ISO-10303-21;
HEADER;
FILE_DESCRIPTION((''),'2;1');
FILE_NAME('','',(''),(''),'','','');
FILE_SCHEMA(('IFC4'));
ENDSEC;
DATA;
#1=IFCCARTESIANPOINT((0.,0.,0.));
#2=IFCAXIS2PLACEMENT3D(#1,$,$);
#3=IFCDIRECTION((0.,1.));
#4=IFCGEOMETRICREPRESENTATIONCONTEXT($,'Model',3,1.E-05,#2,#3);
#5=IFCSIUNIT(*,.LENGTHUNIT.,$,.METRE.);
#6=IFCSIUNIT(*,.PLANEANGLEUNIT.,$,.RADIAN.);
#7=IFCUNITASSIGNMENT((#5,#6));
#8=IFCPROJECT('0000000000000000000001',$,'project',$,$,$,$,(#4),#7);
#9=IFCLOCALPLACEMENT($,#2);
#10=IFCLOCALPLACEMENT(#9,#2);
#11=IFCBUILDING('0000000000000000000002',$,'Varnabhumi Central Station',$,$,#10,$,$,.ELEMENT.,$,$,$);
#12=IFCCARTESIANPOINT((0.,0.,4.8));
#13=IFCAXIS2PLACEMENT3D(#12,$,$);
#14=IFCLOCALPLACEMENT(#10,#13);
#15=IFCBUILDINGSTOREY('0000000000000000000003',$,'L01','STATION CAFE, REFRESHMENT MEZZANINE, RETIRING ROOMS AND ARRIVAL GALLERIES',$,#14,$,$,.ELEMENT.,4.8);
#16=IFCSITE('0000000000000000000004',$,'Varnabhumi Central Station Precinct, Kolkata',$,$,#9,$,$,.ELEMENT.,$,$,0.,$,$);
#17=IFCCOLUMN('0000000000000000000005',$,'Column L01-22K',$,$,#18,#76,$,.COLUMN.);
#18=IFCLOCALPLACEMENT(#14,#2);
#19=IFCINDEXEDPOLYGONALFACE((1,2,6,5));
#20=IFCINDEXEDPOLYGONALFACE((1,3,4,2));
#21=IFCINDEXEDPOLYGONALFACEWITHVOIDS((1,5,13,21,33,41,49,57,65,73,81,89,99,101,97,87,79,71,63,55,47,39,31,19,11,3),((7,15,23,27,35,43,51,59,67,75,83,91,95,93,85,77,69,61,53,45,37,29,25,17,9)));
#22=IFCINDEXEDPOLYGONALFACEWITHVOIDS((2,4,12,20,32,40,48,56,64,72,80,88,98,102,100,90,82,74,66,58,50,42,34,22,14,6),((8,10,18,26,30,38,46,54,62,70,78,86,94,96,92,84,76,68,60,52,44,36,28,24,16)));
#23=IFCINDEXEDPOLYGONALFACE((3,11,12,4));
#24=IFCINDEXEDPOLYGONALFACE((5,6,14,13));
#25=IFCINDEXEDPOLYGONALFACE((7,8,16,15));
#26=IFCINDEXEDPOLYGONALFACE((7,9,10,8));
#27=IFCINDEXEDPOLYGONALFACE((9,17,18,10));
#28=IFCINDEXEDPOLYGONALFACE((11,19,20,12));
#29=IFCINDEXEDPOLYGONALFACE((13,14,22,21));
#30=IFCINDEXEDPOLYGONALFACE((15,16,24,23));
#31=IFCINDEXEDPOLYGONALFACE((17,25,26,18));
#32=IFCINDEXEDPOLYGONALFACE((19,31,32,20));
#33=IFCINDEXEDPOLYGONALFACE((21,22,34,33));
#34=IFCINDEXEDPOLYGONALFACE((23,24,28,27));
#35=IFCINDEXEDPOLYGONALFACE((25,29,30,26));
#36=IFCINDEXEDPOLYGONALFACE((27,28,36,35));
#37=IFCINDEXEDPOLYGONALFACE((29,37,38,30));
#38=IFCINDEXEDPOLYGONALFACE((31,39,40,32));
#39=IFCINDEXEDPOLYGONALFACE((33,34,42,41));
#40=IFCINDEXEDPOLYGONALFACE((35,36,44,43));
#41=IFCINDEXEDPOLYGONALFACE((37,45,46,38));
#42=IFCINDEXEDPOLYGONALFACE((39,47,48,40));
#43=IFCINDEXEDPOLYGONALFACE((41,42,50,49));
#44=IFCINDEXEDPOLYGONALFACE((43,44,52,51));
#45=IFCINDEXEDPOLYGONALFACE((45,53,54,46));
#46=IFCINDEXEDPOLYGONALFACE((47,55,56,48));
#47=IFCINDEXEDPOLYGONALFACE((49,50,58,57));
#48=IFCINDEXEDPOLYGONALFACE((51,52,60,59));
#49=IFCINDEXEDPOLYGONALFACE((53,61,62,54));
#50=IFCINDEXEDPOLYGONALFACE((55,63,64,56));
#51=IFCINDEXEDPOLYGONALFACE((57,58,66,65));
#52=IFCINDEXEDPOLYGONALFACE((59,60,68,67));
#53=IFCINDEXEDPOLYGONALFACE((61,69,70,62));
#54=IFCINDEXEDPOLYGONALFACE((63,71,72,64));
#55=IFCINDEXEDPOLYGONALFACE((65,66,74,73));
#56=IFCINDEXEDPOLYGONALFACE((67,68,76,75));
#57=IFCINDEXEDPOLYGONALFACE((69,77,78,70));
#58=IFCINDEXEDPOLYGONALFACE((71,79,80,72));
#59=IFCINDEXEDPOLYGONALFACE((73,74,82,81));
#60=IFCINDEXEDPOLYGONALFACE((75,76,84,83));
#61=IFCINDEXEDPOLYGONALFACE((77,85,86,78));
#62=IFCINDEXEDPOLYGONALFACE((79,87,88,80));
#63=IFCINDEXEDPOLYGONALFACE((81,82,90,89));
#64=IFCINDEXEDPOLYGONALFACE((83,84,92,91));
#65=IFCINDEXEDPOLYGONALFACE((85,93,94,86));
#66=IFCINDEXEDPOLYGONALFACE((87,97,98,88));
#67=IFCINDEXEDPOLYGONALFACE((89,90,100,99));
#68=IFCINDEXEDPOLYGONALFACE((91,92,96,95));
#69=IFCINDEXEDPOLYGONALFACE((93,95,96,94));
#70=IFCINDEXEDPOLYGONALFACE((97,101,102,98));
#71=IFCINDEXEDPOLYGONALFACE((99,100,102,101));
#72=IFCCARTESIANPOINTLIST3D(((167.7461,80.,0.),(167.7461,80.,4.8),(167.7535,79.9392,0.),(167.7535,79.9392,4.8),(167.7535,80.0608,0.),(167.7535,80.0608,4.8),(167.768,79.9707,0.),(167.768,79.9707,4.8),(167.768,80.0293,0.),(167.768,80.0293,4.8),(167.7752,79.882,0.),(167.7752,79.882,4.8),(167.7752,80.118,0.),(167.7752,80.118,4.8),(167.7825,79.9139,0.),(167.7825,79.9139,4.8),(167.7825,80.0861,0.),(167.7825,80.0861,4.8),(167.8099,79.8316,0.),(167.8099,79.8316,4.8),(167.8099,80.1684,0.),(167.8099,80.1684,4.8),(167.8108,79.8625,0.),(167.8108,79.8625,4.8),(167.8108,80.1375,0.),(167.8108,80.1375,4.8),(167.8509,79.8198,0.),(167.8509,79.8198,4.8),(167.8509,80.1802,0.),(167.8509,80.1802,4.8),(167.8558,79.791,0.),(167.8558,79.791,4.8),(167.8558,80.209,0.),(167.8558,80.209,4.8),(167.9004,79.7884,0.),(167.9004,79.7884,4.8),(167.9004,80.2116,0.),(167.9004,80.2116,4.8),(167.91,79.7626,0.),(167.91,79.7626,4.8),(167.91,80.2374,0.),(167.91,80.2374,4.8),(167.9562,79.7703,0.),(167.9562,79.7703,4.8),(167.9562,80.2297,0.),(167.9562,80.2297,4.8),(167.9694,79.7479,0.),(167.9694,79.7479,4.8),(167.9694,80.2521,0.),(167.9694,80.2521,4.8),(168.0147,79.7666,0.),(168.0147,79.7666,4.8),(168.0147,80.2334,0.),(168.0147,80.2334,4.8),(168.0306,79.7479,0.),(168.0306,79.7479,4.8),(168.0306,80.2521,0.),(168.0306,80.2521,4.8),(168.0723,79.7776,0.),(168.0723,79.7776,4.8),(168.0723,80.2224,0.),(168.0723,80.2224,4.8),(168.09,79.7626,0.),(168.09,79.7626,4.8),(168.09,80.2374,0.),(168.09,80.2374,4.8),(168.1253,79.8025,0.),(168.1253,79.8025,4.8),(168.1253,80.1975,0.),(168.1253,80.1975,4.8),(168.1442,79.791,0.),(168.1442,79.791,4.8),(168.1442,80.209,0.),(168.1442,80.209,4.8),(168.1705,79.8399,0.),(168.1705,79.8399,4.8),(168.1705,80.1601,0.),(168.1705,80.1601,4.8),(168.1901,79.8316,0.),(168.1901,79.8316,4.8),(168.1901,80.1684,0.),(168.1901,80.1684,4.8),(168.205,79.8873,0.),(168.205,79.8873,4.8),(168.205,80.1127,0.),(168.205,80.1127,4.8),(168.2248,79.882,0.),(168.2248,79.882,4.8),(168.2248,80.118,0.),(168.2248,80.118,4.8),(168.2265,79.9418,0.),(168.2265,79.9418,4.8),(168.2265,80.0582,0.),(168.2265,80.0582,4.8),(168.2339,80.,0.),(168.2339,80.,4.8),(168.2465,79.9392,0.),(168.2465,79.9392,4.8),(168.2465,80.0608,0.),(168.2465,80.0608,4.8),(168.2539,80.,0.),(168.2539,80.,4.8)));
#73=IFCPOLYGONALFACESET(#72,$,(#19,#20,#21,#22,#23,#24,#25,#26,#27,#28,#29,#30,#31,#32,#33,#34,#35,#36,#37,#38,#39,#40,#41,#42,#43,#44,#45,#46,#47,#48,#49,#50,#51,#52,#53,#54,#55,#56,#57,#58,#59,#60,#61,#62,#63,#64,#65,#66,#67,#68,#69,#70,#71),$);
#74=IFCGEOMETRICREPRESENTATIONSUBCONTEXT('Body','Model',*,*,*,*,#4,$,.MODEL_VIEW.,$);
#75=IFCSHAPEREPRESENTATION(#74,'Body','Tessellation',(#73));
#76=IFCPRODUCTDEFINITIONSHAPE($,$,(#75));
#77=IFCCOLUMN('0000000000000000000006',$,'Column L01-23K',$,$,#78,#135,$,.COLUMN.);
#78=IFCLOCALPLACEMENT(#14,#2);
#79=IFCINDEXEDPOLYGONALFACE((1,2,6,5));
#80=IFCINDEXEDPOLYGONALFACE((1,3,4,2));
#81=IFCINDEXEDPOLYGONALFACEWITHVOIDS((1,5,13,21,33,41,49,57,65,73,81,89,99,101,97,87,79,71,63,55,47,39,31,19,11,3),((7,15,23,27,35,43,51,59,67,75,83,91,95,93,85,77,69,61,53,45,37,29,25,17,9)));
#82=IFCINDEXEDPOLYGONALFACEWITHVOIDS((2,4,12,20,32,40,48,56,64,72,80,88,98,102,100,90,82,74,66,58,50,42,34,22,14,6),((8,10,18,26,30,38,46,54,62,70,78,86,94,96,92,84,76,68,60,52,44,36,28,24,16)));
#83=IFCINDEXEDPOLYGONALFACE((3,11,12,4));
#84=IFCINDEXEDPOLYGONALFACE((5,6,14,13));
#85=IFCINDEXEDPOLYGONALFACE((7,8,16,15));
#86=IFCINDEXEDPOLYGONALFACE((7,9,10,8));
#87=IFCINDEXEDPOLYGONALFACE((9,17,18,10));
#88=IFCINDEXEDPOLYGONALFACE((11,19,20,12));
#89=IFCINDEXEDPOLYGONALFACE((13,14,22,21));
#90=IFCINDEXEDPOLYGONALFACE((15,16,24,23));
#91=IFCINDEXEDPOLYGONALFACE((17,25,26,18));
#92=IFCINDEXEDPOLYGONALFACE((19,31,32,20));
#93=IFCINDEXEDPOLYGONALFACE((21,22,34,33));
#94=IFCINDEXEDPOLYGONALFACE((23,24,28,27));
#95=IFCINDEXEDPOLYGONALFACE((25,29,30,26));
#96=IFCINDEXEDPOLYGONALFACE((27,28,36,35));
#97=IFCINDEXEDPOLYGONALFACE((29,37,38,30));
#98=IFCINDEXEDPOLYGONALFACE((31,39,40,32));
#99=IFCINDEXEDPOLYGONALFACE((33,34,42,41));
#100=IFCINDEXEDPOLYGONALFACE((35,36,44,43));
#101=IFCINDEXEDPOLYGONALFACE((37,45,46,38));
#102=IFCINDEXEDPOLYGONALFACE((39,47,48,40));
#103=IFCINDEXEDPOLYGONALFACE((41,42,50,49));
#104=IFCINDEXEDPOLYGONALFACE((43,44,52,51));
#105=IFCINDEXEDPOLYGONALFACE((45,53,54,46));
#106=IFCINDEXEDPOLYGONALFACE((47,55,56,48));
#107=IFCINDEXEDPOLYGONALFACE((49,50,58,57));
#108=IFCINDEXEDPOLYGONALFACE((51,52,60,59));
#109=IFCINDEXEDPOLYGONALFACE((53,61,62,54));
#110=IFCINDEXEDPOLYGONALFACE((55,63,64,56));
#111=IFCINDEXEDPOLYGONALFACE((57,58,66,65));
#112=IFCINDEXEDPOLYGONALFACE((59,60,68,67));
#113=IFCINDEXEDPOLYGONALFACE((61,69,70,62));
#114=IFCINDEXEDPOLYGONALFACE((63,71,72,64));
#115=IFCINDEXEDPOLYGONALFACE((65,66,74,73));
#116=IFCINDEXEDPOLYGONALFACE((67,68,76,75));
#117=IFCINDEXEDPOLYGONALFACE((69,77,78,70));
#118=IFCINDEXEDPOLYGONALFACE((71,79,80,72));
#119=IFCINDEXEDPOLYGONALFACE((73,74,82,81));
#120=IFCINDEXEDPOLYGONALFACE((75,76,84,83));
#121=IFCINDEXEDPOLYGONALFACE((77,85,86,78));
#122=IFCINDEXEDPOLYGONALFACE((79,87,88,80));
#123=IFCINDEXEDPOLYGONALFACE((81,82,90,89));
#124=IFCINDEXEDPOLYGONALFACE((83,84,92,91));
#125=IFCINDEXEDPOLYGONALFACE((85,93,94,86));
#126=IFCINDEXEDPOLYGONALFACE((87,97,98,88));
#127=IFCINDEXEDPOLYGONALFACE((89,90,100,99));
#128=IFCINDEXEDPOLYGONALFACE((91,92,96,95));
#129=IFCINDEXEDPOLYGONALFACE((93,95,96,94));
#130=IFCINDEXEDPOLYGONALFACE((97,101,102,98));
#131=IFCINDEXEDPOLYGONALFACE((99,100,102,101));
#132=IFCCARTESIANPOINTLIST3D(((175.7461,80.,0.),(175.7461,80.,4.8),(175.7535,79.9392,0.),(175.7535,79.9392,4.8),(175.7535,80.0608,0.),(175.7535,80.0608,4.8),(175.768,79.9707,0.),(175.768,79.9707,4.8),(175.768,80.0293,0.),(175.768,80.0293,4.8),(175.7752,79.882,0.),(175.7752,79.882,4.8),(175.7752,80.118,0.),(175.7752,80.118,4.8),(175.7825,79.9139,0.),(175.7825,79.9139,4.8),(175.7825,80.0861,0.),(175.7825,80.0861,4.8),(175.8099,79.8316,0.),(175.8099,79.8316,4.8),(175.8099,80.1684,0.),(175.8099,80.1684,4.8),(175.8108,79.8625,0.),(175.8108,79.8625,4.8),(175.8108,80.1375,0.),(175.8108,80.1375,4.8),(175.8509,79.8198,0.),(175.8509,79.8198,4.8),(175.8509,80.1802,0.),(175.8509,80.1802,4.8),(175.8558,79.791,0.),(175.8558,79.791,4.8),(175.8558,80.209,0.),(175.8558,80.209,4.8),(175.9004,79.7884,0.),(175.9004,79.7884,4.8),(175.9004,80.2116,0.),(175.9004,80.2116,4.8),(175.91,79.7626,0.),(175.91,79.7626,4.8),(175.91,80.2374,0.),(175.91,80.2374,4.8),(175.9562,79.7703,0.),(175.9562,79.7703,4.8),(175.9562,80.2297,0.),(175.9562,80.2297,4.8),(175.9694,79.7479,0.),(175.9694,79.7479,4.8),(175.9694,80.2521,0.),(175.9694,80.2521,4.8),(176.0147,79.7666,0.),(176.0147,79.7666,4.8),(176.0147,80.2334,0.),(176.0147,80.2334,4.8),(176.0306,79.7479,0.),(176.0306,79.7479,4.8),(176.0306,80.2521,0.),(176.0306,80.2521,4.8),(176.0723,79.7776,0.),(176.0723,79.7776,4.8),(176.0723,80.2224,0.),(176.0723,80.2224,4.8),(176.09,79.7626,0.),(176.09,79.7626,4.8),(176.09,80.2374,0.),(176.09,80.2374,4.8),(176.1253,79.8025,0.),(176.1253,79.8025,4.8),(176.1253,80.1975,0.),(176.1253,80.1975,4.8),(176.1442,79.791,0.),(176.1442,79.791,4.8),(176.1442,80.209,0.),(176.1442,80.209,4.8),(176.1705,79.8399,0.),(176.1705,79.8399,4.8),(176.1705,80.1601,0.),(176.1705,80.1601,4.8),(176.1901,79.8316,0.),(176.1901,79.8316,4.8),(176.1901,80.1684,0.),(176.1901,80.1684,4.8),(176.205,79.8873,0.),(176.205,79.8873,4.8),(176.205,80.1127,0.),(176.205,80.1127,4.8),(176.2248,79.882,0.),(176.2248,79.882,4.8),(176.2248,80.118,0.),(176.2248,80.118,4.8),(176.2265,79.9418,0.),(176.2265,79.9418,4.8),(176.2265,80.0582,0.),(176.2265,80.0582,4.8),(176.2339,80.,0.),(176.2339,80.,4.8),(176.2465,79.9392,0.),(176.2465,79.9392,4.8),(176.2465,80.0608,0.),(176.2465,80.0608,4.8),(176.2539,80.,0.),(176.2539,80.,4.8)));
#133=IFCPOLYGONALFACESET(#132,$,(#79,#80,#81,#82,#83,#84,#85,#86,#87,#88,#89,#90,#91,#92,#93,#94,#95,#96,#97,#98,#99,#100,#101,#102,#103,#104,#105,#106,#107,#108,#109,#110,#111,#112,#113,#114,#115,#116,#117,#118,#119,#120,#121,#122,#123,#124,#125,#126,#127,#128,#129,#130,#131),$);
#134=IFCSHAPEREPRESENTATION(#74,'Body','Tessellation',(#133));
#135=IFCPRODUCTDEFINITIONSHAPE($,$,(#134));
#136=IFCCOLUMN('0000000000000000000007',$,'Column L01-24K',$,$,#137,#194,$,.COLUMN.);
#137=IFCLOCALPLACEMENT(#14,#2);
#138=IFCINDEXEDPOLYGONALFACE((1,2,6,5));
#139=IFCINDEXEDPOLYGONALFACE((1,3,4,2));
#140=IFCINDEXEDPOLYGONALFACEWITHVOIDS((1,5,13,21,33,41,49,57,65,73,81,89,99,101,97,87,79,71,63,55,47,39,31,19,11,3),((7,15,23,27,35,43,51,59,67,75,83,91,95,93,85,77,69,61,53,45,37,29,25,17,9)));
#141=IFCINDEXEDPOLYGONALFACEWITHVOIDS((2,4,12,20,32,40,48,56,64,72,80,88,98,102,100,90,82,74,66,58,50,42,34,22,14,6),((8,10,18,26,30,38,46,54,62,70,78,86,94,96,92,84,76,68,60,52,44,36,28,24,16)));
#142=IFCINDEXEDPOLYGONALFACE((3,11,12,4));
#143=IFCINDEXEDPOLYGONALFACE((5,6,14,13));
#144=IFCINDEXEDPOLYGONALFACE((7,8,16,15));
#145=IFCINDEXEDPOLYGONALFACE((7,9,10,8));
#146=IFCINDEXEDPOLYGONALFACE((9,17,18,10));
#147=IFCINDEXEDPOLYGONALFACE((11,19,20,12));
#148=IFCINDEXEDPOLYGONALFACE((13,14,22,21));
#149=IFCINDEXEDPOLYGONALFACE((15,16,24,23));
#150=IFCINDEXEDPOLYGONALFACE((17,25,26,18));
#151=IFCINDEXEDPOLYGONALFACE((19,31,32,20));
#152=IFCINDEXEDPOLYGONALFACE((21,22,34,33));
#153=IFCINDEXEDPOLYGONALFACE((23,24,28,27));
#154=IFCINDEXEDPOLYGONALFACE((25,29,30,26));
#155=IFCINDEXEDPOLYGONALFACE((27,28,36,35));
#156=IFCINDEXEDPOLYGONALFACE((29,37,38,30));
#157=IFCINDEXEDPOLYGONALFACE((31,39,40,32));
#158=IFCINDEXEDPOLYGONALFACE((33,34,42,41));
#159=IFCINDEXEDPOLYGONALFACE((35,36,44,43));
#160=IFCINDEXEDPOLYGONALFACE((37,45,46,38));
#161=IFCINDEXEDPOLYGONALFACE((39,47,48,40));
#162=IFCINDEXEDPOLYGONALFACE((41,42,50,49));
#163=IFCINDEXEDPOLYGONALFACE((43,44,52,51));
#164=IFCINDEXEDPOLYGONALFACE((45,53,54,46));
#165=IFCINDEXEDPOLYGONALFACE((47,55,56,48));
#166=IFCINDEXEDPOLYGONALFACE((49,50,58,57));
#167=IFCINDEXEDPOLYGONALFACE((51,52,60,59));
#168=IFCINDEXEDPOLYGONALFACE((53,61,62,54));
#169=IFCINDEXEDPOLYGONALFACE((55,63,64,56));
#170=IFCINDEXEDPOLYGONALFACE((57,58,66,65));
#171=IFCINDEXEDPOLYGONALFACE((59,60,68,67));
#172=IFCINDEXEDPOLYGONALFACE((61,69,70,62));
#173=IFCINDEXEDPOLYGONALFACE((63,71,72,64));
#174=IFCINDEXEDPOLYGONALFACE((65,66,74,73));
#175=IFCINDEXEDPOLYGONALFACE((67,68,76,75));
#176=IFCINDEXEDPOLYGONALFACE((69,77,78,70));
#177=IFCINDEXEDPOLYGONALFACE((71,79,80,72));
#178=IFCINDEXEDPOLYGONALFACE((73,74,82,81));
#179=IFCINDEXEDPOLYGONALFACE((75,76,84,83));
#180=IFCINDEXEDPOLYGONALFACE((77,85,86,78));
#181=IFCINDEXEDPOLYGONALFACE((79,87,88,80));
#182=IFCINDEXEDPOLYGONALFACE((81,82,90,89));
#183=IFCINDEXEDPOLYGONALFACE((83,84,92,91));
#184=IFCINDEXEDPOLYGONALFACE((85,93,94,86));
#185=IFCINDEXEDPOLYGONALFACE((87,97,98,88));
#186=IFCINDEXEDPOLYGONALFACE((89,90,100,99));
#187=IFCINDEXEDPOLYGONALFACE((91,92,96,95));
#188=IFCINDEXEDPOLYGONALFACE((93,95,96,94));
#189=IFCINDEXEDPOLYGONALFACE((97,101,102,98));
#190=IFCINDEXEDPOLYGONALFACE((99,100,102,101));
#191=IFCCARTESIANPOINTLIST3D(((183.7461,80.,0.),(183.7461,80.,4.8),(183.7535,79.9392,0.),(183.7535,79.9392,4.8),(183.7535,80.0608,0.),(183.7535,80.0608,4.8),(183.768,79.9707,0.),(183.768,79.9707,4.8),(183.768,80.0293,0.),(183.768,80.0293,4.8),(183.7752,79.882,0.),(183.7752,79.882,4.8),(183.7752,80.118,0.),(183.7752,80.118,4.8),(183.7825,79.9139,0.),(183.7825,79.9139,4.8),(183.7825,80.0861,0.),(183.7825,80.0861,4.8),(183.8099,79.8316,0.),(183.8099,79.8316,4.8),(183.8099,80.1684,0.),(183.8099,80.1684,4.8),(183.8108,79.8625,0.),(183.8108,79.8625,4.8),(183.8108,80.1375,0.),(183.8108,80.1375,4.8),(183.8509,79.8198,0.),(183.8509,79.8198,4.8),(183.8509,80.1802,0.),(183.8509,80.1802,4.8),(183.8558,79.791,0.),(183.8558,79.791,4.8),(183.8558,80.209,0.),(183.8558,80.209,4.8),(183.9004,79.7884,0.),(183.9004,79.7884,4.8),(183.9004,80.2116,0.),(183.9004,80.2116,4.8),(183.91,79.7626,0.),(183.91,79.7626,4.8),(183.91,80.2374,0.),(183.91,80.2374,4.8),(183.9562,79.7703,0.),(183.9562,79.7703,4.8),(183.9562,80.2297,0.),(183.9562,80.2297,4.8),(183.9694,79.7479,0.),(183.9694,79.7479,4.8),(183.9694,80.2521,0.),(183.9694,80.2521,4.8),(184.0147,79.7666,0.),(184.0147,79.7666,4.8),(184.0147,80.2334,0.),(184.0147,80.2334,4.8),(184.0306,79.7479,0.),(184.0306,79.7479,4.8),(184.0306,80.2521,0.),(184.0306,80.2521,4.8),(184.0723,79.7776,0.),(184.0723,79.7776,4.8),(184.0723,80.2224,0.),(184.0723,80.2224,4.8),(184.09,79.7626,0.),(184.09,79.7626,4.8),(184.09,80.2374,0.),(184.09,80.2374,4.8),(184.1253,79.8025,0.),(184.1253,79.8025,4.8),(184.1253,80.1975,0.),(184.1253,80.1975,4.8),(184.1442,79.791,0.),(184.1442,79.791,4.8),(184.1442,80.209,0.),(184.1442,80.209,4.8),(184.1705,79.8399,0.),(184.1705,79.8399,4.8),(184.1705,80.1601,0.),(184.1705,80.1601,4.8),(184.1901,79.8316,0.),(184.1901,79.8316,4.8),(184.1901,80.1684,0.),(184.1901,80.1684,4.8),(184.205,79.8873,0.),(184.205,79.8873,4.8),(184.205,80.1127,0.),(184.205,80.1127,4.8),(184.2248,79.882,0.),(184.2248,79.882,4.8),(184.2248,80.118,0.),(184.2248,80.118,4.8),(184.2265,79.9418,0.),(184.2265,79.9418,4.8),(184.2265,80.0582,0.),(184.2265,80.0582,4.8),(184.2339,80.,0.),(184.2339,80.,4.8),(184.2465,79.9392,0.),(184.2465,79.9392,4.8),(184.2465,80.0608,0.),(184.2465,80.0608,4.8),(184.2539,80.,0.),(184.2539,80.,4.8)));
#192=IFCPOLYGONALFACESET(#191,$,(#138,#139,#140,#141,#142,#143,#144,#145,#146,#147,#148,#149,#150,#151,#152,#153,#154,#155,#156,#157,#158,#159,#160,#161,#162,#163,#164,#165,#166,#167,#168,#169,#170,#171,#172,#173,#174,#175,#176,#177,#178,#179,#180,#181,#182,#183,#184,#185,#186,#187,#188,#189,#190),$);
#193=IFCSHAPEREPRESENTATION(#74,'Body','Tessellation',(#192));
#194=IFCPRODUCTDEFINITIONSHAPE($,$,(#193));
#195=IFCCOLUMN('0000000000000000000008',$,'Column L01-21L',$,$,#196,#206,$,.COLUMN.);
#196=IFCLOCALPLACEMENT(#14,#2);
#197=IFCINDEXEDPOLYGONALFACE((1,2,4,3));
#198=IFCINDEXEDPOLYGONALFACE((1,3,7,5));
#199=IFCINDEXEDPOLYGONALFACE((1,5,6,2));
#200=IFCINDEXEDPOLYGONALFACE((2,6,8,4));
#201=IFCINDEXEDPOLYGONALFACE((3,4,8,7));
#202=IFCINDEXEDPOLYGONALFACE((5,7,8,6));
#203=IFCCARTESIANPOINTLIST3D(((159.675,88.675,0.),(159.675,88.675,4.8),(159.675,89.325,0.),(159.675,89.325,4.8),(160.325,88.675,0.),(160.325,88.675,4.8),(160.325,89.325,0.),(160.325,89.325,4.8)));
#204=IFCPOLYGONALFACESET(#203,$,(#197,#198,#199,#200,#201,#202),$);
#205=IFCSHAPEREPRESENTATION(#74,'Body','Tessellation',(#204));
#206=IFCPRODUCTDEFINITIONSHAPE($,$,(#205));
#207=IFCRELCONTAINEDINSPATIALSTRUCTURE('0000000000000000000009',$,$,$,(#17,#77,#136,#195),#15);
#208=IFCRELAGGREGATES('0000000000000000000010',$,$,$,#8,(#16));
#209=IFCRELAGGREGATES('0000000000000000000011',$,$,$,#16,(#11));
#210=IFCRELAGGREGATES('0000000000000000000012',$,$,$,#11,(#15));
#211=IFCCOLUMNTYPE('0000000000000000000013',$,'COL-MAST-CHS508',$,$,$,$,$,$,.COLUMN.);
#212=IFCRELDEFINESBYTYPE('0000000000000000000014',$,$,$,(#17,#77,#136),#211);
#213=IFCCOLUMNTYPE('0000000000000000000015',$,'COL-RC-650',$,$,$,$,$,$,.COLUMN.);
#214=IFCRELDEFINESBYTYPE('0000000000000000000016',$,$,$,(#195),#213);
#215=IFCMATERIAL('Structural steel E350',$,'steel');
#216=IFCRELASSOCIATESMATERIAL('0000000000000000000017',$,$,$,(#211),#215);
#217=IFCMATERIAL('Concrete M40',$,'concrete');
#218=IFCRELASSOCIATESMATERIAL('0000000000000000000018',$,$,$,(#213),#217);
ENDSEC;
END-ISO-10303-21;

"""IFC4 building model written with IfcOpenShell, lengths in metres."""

from ifc_helpers import new_model, si_unit, direction, frame, origin, origin_2d, place, context, subcontext, project, spatial, rectangle, hollow_circle, extrude, material, material_profile, profile_set, type_object, element, save


model = new_model("IFC4")

# Units and contexts
model_context = context("Model", 3, precision=1e-05, world=origin(), true_north=direction((0.0, 1.0)))
body_context = subcontext(model_context, "Body", "Model", "MODEL_VIEW")
ifc_project = project(units=[si_unit("LENGTHUNIT", "METRE"), si_unit("PLANEANGLEUNIT", "RADIAN")], contexts=[model_context])

# Site, building, storey
site_placement = place(None, origin())
site = spatial("IfcSite", under=ifc_project, at=site_placement, Name="Varnabhumi Central Station Precinct, Kolkata", CompositionType="ELEMENT", RefElevation=0.0)
building_placement = place(site_placement, origin())
building = spatial("IfcBuilding", under=site, at=building_placement, Name="Varnabhumi Central Station", CompositionType="ELEMENT")
storey_placement = place(building_placement, frame((0.0, 0.0, 4.8)))
storey = spatial("IfcBuildingStorey", under=building, at=storey_placement, Name="L01", Description="STATION CAFE, REFRESHMENT MEZZANINE, RETIRING ROOMS AND ARRIVAL GALLERIES", CompositionType="ELEMENT", Elevation=4.8)

# Columns
ifc_material_1 = material(Name="Structural steel E350", Category="steel")
ifc_material_profile_1 = material_profile(ifc_material_1, hollow_circle(Radius=0.2539, WallThickness=0.02, at=origin_2d()), Name="Structural steel E350", Category="steel")
ifc_profile_set_1 = profile_set([ifc_material_profile_1], Name="Structural steel E350")
column_type_1 = type_object("IfcColumnType", Name="COL-MAST-CHS508", PredefinedType="COLUMN", material=ifc_profile_set_1)
for number, where, z_axis, x_axis, name in (
    (1, (168.0, 80.0, 0.0), (0.0, 0.0, 1.0), (1.0, 0.0, 0.0), "Column L01-22K"),
    (2, (176.0, 80.0, 0.0), (0.0, 0.0, 1.0), (1.0, 0.0, 0.0), "Column L01-23K"),
    (3, (184.0, 80.0, 0.0), (0.0, 0.0, 1.0), (1.0, 0.0, 0.0), "Column L01-24K"),
):
    element("IfcColumn", number, at=place(storey_placement, frame(where, z_axis=z_axis, x_axis=x_axis)), inside=storey, type_object=column_type_1, Name=name, PredefinedType="COLUMN", context=body_context, shape_type="SweptSolid", body=[
        extrude(hollow_circle(Radius=0.2539, WallThickness=0.02, at=origin_2d()), origin(), (0.0, 0.0, 1.0), 4.8),
    ])
ifc_material_2 = material(Name="Concrete M40", Category="concrete")
ifc_material_profile_2 = material_profile(ifc_material_2, rectangle(XDim=0.6499, YDim=0.6499, at=origin_2d()), Name="Concrete M40", Category="concrete")
ifc_profile_set_2 = profile_set([ifc_material_profile_2], Name="Concrete M40")
column_type_2 = type_object("IfcColumnType", Name="COL-RC-650", PredefinedType="COLUMN", material=ifc_profile_set_2)
column_1_placement = place(storey_placement, frame((160.0, 89.0, 0.0), z_axis=(0.0, 0.0, 1.0), x_axis=(1.0, 0.0, 0.0)))
element("IfcColumn", 4, at=column_1_placement, inside=storey, type_object=column_type_2, Name="Column L01-21L", PredefinedType="COLUMN", context=body_context, shape_type="SweptSolid", body=[
    extrude(rectangle(XDim=0.6499, YDim=0.6499, at=origin_2d()), origin(), (0.0, 0.0, 1.0), 4.8),
])

save(model, "model.ifc")
